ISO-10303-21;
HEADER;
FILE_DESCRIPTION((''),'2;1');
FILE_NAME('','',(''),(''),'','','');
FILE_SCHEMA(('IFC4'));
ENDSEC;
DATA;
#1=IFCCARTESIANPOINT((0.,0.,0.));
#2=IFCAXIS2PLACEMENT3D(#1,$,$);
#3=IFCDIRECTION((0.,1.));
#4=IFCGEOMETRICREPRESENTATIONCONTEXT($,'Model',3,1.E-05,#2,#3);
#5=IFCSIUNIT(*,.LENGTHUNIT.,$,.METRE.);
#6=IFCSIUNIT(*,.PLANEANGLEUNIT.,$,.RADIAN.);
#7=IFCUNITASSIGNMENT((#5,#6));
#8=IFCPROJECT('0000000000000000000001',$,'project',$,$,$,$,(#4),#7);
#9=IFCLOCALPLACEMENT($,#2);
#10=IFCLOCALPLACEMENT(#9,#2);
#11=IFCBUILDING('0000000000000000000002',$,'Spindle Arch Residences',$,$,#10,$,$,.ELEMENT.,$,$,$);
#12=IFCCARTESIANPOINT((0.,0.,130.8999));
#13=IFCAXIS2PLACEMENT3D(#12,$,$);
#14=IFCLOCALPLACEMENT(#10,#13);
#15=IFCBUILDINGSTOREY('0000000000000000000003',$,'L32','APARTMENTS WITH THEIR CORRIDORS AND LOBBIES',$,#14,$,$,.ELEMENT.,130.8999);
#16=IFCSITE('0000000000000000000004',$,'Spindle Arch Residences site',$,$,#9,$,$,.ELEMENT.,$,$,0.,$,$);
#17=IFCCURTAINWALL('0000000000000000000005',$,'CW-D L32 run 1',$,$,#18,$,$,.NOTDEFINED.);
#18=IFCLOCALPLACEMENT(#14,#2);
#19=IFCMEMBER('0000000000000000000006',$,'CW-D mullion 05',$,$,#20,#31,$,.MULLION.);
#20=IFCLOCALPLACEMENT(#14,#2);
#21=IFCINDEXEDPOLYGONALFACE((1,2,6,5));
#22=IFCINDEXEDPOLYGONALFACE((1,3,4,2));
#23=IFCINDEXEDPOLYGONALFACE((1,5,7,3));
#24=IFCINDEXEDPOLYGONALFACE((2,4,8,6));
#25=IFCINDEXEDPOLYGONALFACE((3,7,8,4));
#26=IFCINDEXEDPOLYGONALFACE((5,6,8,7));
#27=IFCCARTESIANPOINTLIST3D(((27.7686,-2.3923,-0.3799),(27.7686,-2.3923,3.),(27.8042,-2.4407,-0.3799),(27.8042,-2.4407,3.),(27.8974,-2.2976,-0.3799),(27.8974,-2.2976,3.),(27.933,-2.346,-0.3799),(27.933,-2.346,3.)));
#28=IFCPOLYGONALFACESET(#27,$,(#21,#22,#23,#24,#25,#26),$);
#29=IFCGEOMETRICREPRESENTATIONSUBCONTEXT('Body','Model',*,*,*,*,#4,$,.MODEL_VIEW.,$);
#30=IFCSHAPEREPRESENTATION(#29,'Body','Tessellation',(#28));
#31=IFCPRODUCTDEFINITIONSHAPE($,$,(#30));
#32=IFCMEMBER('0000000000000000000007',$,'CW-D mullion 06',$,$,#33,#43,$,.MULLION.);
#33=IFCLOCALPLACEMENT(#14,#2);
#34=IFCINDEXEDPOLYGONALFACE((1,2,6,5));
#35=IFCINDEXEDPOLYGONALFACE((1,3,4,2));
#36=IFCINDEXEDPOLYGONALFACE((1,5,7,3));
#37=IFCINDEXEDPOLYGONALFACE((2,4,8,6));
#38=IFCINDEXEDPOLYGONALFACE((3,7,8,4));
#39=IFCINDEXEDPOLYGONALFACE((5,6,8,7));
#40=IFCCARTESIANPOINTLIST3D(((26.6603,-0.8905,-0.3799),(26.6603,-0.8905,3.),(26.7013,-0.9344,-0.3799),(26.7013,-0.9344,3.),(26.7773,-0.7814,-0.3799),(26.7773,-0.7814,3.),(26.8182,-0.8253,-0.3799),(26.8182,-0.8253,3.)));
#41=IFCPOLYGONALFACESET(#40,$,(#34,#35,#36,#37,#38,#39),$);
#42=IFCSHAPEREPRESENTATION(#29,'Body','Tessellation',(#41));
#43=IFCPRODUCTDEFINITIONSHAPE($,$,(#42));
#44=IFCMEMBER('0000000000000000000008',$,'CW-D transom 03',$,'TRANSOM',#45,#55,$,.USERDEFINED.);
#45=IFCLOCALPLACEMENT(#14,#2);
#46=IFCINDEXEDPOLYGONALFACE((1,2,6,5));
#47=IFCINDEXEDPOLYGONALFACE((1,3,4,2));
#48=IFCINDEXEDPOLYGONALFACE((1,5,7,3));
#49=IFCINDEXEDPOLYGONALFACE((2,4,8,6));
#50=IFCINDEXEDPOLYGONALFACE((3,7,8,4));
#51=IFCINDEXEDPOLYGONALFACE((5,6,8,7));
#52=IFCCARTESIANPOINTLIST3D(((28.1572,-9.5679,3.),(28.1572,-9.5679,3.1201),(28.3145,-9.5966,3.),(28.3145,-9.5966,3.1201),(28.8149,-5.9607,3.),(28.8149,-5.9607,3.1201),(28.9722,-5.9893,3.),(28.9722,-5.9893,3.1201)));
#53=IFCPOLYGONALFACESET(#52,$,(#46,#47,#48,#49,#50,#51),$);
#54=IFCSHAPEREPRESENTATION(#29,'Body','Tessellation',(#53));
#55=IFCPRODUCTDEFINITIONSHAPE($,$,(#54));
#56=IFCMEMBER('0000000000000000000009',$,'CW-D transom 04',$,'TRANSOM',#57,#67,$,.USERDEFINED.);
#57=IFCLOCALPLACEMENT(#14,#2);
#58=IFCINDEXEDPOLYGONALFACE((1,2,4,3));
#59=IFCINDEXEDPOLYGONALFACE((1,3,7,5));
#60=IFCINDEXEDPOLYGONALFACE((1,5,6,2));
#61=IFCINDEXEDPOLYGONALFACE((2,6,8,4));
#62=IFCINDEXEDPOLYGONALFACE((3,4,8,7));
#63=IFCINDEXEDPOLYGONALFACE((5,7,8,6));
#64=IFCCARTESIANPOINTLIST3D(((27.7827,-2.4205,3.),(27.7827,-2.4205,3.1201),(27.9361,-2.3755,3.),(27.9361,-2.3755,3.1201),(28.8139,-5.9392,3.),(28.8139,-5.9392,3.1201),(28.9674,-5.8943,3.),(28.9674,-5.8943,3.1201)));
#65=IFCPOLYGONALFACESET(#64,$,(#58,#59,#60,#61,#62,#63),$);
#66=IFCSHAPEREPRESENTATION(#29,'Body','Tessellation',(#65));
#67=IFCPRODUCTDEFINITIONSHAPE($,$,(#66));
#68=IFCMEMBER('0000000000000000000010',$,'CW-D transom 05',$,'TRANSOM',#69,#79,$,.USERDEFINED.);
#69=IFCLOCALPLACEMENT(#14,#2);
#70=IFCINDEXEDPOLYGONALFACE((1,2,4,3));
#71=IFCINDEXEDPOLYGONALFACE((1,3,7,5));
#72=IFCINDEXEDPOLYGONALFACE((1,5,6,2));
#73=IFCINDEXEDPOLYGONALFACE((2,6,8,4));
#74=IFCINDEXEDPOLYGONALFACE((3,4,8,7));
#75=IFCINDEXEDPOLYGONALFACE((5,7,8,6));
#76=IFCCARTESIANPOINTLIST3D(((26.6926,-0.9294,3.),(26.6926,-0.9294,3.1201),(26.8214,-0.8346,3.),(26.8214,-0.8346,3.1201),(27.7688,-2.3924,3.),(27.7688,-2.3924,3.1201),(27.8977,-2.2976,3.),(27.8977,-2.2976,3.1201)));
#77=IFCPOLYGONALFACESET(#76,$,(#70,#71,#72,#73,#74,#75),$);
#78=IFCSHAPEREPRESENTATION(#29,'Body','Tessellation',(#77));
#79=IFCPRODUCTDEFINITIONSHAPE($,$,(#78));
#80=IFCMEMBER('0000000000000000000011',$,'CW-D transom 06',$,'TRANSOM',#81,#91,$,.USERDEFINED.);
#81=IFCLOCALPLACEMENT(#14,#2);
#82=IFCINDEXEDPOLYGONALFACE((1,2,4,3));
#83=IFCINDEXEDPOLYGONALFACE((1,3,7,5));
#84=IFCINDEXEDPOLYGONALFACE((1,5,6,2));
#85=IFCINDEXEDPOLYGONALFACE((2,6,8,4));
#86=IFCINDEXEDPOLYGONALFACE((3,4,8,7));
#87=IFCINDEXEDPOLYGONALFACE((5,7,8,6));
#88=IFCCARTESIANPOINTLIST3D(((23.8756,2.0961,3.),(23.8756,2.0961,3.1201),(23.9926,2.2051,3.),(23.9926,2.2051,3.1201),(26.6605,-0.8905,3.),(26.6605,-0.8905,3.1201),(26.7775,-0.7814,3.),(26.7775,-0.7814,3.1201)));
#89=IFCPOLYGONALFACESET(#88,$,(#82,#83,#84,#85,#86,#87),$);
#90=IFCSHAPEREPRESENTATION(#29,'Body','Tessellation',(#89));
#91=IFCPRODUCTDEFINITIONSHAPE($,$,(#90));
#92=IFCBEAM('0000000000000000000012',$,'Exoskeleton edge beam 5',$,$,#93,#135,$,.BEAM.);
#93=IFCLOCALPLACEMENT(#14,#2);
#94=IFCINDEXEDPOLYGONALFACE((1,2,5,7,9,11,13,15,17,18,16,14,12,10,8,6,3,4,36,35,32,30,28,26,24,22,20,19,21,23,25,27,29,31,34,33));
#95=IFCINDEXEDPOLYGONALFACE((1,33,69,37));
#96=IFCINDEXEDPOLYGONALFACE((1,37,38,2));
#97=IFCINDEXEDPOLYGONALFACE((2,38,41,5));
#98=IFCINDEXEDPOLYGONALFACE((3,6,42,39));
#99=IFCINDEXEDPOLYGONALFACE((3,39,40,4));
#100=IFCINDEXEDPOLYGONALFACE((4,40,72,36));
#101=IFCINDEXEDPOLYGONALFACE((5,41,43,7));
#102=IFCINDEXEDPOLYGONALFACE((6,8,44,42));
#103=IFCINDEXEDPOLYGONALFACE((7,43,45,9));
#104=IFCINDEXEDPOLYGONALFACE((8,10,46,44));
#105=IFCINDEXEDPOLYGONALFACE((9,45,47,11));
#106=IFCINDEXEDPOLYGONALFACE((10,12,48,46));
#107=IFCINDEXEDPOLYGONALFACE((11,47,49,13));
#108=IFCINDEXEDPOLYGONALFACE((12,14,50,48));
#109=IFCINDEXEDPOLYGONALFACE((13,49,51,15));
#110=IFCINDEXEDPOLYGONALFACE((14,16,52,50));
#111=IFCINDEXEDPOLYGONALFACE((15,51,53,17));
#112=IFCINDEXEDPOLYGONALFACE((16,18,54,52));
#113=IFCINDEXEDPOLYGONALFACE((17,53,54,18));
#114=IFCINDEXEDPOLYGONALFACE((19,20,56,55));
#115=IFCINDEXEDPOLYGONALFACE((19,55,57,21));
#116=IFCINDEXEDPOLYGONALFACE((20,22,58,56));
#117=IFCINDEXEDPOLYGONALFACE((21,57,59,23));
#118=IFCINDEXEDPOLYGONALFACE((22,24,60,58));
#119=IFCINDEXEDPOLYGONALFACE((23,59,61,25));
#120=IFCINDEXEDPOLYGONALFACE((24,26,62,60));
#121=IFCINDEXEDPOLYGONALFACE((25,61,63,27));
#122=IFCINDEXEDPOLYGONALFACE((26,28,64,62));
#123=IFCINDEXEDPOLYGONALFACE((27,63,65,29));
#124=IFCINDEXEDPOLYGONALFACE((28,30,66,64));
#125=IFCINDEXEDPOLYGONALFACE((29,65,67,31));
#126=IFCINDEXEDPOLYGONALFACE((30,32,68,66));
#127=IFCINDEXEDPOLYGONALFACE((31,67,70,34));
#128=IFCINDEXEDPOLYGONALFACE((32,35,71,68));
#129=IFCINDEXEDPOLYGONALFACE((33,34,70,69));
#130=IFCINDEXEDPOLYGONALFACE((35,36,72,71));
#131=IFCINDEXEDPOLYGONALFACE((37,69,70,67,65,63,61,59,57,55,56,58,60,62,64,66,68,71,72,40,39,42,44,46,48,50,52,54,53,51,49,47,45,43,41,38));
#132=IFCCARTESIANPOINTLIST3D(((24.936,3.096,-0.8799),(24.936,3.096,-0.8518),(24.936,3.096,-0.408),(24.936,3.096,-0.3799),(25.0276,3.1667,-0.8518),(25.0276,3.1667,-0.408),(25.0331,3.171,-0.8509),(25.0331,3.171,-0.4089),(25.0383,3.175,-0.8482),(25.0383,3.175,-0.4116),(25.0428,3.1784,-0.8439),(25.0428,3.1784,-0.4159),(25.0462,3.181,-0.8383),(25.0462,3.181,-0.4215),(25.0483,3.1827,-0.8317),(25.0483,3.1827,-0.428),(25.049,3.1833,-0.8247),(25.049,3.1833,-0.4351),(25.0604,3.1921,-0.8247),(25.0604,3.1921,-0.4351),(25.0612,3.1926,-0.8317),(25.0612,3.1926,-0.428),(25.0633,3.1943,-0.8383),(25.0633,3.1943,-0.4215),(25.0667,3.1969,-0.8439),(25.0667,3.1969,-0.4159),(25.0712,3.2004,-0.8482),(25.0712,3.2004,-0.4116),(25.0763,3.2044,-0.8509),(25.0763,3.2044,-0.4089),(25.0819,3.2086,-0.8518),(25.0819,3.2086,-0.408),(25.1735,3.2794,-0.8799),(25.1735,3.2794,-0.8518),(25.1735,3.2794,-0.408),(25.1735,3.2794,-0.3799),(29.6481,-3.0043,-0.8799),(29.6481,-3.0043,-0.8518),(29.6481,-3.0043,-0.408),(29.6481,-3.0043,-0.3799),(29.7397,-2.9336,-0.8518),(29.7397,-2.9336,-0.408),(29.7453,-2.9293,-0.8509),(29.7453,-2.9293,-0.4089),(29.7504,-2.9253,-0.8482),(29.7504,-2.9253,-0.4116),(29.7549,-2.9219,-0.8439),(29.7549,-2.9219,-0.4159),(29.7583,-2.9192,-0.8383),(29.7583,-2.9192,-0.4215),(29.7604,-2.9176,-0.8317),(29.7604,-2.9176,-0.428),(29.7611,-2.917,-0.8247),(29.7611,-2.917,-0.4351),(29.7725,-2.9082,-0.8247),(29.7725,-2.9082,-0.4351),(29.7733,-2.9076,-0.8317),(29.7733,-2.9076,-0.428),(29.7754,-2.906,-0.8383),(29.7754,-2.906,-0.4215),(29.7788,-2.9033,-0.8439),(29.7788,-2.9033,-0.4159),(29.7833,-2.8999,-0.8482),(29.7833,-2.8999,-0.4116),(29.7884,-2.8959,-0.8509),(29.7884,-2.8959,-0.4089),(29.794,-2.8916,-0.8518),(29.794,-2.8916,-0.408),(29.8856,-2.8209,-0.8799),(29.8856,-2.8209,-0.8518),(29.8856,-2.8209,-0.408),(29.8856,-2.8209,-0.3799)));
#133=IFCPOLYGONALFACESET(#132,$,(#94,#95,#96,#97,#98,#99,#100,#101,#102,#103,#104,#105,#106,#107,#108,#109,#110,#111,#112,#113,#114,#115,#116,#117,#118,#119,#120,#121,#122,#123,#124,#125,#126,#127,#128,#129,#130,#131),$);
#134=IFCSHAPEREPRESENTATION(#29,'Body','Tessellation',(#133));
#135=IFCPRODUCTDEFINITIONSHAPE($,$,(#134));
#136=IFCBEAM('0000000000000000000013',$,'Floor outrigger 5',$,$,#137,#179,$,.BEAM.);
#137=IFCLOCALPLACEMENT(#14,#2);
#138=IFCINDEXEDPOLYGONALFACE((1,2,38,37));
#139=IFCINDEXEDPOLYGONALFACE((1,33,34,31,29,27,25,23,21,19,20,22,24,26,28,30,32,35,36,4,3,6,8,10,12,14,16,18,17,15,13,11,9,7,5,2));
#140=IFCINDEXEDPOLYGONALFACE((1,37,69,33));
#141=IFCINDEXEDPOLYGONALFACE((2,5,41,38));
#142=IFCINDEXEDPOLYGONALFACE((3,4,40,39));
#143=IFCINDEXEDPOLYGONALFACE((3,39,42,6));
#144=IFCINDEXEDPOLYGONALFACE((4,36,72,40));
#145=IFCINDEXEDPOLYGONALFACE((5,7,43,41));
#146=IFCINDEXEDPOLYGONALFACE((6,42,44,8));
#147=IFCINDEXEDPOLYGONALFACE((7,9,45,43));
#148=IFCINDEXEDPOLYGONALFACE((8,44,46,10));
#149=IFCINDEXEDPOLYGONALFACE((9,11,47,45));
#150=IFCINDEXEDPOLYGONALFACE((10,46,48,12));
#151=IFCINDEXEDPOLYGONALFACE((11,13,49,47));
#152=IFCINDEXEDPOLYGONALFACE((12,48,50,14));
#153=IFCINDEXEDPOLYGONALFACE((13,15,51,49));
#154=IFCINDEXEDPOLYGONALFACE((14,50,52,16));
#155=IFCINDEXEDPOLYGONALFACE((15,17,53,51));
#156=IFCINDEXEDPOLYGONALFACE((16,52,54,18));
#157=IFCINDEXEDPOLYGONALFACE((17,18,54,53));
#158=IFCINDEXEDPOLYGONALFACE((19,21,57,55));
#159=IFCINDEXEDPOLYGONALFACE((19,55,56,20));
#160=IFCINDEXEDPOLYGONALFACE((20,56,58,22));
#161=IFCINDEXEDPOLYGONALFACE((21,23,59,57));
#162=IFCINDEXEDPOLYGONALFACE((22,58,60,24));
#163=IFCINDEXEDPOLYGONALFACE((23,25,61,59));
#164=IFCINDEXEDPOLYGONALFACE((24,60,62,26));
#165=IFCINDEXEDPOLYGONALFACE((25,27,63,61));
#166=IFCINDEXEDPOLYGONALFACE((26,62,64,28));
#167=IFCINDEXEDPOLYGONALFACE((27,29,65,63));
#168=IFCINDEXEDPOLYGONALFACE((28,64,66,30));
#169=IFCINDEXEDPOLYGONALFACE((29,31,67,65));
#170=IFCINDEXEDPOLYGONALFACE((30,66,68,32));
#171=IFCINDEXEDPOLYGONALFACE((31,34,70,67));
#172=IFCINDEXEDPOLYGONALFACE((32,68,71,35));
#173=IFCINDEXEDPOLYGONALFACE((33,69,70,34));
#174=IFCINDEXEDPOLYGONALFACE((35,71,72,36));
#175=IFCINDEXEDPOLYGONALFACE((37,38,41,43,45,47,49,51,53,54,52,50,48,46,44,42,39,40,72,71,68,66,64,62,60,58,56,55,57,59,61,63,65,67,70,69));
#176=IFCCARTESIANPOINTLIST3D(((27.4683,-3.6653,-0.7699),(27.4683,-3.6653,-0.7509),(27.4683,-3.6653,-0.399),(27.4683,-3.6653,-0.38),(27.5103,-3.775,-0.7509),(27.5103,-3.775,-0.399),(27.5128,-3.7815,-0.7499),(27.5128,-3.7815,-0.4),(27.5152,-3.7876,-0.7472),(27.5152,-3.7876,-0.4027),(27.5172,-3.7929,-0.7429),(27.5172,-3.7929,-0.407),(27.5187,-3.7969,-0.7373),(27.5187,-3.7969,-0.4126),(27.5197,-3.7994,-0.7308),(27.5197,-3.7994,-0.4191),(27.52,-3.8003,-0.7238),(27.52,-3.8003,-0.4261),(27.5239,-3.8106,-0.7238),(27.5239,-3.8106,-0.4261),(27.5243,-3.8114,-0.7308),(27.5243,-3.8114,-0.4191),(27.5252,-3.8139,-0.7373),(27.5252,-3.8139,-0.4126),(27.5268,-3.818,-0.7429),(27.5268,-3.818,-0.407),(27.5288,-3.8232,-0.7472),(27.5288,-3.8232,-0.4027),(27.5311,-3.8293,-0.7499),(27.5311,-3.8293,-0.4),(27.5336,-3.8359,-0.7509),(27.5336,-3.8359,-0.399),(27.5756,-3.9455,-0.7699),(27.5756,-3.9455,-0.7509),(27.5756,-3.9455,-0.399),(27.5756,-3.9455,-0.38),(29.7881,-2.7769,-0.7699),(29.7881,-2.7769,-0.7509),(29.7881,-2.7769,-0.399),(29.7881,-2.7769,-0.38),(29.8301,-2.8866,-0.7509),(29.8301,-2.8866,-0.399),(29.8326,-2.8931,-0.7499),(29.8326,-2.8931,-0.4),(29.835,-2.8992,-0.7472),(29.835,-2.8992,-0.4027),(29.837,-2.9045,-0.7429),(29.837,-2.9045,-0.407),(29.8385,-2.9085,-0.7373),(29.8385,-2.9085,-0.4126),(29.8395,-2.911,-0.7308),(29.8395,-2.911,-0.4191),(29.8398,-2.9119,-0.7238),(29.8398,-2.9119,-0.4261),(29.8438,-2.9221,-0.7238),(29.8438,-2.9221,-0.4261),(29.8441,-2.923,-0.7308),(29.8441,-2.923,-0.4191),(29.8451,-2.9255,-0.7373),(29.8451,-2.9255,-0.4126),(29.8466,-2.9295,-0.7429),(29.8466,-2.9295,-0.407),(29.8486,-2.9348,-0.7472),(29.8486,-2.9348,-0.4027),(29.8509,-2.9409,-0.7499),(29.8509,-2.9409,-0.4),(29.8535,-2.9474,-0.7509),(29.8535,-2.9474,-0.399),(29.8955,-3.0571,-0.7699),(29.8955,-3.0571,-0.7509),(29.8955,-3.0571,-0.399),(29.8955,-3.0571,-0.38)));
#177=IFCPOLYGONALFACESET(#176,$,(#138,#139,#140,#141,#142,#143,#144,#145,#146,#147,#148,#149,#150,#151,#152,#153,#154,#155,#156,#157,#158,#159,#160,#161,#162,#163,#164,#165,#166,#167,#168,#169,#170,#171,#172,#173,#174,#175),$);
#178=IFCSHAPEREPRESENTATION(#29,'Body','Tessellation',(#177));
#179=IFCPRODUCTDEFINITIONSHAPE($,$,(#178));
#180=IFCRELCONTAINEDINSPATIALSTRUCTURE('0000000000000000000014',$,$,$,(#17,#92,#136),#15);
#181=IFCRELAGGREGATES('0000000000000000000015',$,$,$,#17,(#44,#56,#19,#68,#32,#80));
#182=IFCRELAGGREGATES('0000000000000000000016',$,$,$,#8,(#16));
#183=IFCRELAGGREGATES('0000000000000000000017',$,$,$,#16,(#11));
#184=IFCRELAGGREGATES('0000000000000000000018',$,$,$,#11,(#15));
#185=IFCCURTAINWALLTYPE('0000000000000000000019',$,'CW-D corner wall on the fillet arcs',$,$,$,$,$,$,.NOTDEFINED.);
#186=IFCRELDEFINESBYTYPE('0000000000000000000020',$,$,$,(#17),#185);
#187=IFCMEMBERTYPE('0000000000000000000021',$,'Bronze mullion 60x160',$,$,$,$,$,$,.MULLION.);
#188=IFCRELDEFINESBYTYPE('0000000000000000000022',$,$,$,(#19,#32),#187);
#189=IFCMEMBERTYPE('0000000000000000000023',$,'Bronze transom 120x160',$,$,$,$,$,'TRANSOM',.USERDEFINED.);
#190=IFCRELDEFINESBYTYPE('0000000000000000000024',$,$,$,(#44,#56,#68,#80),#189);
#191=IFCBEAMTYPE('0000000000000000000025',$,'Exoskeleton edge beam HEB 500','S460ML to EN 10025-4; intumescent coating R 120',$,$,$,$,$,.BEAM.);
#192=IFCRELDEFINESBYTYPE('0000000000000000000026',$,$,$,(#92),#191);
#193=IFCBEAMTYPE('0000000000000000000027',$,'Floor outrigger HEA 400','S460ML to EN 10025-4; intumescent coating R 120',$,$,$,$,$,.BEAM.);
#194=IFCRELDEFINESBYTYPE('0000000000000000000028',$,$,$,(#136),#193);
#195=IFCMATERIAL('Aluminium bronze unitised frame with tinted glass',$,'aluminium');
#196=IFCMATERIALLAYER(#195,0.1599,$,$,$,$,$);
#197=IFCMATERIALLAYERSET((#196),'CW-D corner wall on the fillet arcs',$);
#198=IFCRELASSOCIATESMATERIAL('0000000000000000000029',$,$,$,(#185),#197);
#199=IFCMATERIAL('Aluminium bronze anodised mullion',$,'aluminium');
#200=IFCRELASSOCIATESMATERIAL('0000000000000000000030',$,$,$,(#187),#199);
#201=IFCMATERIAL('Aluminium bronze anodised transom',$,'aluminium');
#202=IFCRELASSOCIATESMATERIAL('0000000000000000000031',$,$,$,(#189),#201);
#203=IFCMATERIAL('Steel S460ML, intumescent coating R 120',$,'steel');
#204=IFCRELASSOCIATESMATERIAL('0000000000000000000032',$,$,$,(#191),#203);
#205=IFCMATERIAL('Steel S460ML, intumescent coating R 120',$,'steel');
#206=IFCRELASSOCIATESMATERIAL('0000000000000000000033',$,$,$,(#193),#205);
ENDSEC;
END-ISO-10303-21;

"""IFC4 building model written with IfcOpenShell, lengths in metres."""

from ifc_helpers import new_model, si_unit, direction, frame, origin, origin_2d, place, context, subcontext, project, spatial, rectangle, i_section, extrude, material, layer, layer_set, material_profile, profile_set, type_object, element, aggregate, save


model = new_model("IFC4")

# Units and contexts
model_context = context("Model", 3, precision=1e-05, world=origin(), true_north=direction((0.0, 1.0)))
body_context = subcontext(model_context, "Body", "Model", "MODEL_VIEW")
ifc_project = project(units=[si_unit("LENGTHUNIT", "METRE"), si_unit("PLANEANGLEUNIT", "RADIAN")], contexts=[model_context])

# Site, building, storey
site_placement = place(None, origin())
site = spatial("IfcSite", under=ifc_project, at=site_placement, Name="Spindle Arch Residences site", CompositionType="ELEMENT", RefElevation=0.0)
building_placement = place(site_placement, origin())
building = spatial("IfcBuilding", under=site, at=building_placement, Name="Spindle Arch Residences", CompositionType="ELEMENT")
storey_placement = place(building_placement, frame((0.0, 0.0, 130.8999)))
storey = spatial("IfcBuildingStorey", under=building, at=storey_placement, Name="L32", Description="APARTMENTS WITH THEIR CORRIDORS AND LOBBIES", CompositionType="ELEMENT", Elevation=130.8999)

# Curtain wall, members
ifc_material_1 = material(Name="Aluminium bronze unitised frame with tinted glass", Category="aluminium")
ifc_layer_1 = layer(ifc_material_1, 0.1599)
ifc_layer_set_1 = layer_set([ifc_layer_1], Name="CW-D corner wall on the fillet arcs")
curtain_wall_type = type_object("IfcCurtainWallType", Name="CW-D corner wall on the fillet arcs", PredefinedType="NOTDEFINED", material=ifc_layer_set_1)
curtain_wall_placement = place(storey_placement, origin())
curtain_wall = element("IfcCurtainWall", 1, at=curtain_wall_placement, inside=storey, type_object=curtain_wall_type, Name="CW-D L32 run 1", PredefinedType="NOTDEFINED")
ifc_material_2 = material(Name="Aluminium bronze anodised mullion", Category="aluminium")
ifc_material_profile_1 = material_profile(ifc_material_2, rectangle(XDim=0.1599, YDim=0.0601, at=origin_2d()), Name="MU 60x160")
ifc_profile_set_1 = profile_set([ifc_material_profile_1], Name="Aluminium bronze anodised mullion")
member_type_1 = type_object("IfcMemberType", Name="Bronze mullion 60x160", PredefinedType="MULLION", material=ifc_profile_set_1)
member_1_placement = place(storey_placement, frame((27.8508, -2.3691, -0.3799), z_axis=(0.0, 0.0, 1.0), x_axis=(-0.805584, -0.592482, 0.0)))
member_1 = element("IfcMember", 2, at=member_1_placement, type_object=member_type_1, Name="CW-D mullion 05", PredefinedType="MULLION", context=body_context, shape_type="SweptSolid", body=[
    extrude(rectangle(XDim=0.1599, YDim=0.0601, at=origin_2d()), origin(), (0.0, 0.0, 1.0), 3.3799),
])
member_2_placement = place(storey_placement, frame((26.7393, -0.8579, -0.3799), z_axis=(0.0, 0.0, 1.0), x_axis=(-0.731354, -0.681998, 0.0)))
member_2 = element("IfcMember", 3, at=member_2_placement, type_object=member_type_1, Name="CW-D mullion 06", PredefinedType="MULLION", context=body_context, shape_type="SweptSolid", body=[
    extrude(rectangle(XDim=0.1599, YDim=0.0601, at=origin_2d()), origin(), (0.0, 0.0, 1.0), 3.3799),
])
ifc_material_3 = material(Name="Aluminium bronze anodised transom", Category="aluminium")
ifc_material_profile_2 = material_profile(ifc_material_3, rectangle(XDim=0.1599, YDim=0.1201, at=origin_2d()), Name="TR 120x160")
ifc_profile_set_2 = profile_set([ifc_material_profile_2], Name="Aluminium bronze anodised transom")
member_type_2 = type_object("IfcMemberType", Name="Bronze transom 120x160", ElementType="TRANSOM", PredefinedType="USERDEFINED", material=ifc_profile_set_2)
member_3_placement = place(storey_placement, frame((28.2358, -9.5823, 3.0601), z_axis=(0.179378, 0.98378, 0.0), x_axis=(-0.98378, 0.179378, 0.0)))
member_3 = element("IfcMember", 4, at=member_3_placement, type_object=member_type_2, Name="CW-D transom 03", ObjectType="TRANSOM", PredefinedType="USERDEFINED", context=body_context, shape_type="SweptSolid", body=[
    extrude(rectangle(XDim=0.1599, YDim=0.1201, at=origin_2d()), origin(), (0.0, 0.0, 1.0), 3.6667),
])
member_4_placement = place(storey_placement, frame((28.8906, -5.9167, 3.0601), z_axis=(-0.28124, 0.959638, 0.0), x_axis=(-0.959638, -0.28124, 0.0)))
member_4 = element("IfcMember", 5, at=member_4_placement, type_object=member_type_2, Name="CW-D transom 04", ObjectType="TRANSOM", PredefinedType="USERDEFINED", context=body_context, shape_type="SweptSolid", body=[
    extrude(rectangle(XDim=0.1599, YDim=0.1201, at=origin_2d()), origin(), (0.0, 0.0, 1.0), 3.6667),
])
member_5_placement = place(storey_placement, frame((27.8333, -2.345, 3.0601), z_axis=(-0.592575, 0.805515, 0.0), x_axis=(-0.805515, -0.592575, 0.0)))
member_5 = element("IfcMember", 6, at=member_5_placement, type_object=member_type_2, Name="CW-D transom 05", ObjectType="TRANSOM", PredefinedType="USERDEFINED", context=body_context, shape_type="SweptSolid", body=[
    extrude(rectangle(XDim=0.1599, YDim=0.1201, at=origin_2d()), origin(), (0.0, 0.0, 1.0), 1.8162),
])
member_6_placement = place(storey_placement, frame((26.719, -0.8359, 3.0601), z_axis=(-0.681984, 0.731367, 0.0), x_axis=(-0.731367, -0.681984, 0.0)))
member_6 = element("IfcMember", 7, at=member_6_placement, type_object=member_type_2, Name="CW-D transom 06", ObjectType="TRANSOM", PredefinedType="USERDEFINED", context=body_context, shape_type="SweptSolid", body=[
    extrude(rectangle(XDim=0.1599, YDim=0.1201, at=origin_2d()), origin(), (0.0, 0.0, 1.0), 4.0835),
])

# Beams
ifc_material_4 = material(Name="Steel S460ML, intumescent coating R 120", Category="steel")
ifc_material_profile_3 = material_profile(ifc_material_4, i_section(OverallWidth=0.3, OverallDepth=0.5, WebThickness=0.0144, FlangeThickness=0.0281, FilletRadius=0.0271, at=origin_2d()), Name="HEB 500")
ifc_profile_set_3 = profile_set([ifc_material_profile_3], Name="Steel S460ML, intumescent coating R 120")
beam_type_1 = type_object("IfcBeamType", Name="Exoskeleton edge beam HEB 500", Description="S460ML to EN 10025-4; intumescent coating R 120", PredefinedType="BEAM", material=ifc_profile_set_3)
beam_1_placement = place(storey_placement, frame((29.7668, -2.9126, -0.6299), z_axis=(-0.611306, 0.791394, 0.0), x_axis=(-0.791394, -0.611306, 0.0)))
element("IfcBeam", 8, at=beam_1_placement, inside=storey, type_object=beam_type_1, Name="Exoskeleton edge beam 5", PredefinedType="BEAM", context=body_context, shape_type="SweptSolid", body=[
    extrude(i_section(OverallWidth=0.3, OverallDepth=0.5, WebThickness=0.0144, FlangeThickness=0.0281, FilletRadius=0.0271, at=origin_2d()), origin(), (0.0, 0.0, 1.0), 7.7083),
])
ifc_material_5 = material(Name="Steel S460ML, intumescent coating R 120", Category="steel")
ifc_material_profile_4 = material_profile(ifc_material_5, i_section(OverallWidth=0.3, OverallDepth=0.3899, WebThickness=0.011, FlangeThickness=0.019, FilletRadius=0.0271, at=origin_2d()), Name="HEA 400")
ifc_profile_set_4 = profile_set([ifc_material_profile_4], Name="Steel S460ML, intumescent coating R 120")
beam_type_2 = type_object("IfcBeamType", Name="Floor outrigger HEA 400", Description="S460ML to EN 10025-4; intumescent coating R 120", PredefinedType="BEAM", material=ifc_profile_set_4)
beam_2_placement = place(storey_placement, frame((29.8418, -2.917, -0.575), z_axis=(-0.933859, -0.357642, 0.0), x_axis=(0.357642, -0.933859, 0.0)))
element("IfcBeam", 9, at=beam_2_placement, inside=storey, type_object=beam_type_2, Name="Floor outrigger 5", PredefinedType="BEAM", context=body_context, shape_type="SweptSolid", body=[
    extrude(i_section(OverallWidth=0.3, OverallDepth=0.3899, WebThickness=0.011, FlangeThickness=0.019, FilletRadius=0.0271, at=origin_2d()), origin(), (0.0, 0.0, 1.0), 2.4841),
])

aggregate(curtain_wall, [member_3, member_4, member_1, member_5, member_2, member_6])

save(model, "model.ifc")
